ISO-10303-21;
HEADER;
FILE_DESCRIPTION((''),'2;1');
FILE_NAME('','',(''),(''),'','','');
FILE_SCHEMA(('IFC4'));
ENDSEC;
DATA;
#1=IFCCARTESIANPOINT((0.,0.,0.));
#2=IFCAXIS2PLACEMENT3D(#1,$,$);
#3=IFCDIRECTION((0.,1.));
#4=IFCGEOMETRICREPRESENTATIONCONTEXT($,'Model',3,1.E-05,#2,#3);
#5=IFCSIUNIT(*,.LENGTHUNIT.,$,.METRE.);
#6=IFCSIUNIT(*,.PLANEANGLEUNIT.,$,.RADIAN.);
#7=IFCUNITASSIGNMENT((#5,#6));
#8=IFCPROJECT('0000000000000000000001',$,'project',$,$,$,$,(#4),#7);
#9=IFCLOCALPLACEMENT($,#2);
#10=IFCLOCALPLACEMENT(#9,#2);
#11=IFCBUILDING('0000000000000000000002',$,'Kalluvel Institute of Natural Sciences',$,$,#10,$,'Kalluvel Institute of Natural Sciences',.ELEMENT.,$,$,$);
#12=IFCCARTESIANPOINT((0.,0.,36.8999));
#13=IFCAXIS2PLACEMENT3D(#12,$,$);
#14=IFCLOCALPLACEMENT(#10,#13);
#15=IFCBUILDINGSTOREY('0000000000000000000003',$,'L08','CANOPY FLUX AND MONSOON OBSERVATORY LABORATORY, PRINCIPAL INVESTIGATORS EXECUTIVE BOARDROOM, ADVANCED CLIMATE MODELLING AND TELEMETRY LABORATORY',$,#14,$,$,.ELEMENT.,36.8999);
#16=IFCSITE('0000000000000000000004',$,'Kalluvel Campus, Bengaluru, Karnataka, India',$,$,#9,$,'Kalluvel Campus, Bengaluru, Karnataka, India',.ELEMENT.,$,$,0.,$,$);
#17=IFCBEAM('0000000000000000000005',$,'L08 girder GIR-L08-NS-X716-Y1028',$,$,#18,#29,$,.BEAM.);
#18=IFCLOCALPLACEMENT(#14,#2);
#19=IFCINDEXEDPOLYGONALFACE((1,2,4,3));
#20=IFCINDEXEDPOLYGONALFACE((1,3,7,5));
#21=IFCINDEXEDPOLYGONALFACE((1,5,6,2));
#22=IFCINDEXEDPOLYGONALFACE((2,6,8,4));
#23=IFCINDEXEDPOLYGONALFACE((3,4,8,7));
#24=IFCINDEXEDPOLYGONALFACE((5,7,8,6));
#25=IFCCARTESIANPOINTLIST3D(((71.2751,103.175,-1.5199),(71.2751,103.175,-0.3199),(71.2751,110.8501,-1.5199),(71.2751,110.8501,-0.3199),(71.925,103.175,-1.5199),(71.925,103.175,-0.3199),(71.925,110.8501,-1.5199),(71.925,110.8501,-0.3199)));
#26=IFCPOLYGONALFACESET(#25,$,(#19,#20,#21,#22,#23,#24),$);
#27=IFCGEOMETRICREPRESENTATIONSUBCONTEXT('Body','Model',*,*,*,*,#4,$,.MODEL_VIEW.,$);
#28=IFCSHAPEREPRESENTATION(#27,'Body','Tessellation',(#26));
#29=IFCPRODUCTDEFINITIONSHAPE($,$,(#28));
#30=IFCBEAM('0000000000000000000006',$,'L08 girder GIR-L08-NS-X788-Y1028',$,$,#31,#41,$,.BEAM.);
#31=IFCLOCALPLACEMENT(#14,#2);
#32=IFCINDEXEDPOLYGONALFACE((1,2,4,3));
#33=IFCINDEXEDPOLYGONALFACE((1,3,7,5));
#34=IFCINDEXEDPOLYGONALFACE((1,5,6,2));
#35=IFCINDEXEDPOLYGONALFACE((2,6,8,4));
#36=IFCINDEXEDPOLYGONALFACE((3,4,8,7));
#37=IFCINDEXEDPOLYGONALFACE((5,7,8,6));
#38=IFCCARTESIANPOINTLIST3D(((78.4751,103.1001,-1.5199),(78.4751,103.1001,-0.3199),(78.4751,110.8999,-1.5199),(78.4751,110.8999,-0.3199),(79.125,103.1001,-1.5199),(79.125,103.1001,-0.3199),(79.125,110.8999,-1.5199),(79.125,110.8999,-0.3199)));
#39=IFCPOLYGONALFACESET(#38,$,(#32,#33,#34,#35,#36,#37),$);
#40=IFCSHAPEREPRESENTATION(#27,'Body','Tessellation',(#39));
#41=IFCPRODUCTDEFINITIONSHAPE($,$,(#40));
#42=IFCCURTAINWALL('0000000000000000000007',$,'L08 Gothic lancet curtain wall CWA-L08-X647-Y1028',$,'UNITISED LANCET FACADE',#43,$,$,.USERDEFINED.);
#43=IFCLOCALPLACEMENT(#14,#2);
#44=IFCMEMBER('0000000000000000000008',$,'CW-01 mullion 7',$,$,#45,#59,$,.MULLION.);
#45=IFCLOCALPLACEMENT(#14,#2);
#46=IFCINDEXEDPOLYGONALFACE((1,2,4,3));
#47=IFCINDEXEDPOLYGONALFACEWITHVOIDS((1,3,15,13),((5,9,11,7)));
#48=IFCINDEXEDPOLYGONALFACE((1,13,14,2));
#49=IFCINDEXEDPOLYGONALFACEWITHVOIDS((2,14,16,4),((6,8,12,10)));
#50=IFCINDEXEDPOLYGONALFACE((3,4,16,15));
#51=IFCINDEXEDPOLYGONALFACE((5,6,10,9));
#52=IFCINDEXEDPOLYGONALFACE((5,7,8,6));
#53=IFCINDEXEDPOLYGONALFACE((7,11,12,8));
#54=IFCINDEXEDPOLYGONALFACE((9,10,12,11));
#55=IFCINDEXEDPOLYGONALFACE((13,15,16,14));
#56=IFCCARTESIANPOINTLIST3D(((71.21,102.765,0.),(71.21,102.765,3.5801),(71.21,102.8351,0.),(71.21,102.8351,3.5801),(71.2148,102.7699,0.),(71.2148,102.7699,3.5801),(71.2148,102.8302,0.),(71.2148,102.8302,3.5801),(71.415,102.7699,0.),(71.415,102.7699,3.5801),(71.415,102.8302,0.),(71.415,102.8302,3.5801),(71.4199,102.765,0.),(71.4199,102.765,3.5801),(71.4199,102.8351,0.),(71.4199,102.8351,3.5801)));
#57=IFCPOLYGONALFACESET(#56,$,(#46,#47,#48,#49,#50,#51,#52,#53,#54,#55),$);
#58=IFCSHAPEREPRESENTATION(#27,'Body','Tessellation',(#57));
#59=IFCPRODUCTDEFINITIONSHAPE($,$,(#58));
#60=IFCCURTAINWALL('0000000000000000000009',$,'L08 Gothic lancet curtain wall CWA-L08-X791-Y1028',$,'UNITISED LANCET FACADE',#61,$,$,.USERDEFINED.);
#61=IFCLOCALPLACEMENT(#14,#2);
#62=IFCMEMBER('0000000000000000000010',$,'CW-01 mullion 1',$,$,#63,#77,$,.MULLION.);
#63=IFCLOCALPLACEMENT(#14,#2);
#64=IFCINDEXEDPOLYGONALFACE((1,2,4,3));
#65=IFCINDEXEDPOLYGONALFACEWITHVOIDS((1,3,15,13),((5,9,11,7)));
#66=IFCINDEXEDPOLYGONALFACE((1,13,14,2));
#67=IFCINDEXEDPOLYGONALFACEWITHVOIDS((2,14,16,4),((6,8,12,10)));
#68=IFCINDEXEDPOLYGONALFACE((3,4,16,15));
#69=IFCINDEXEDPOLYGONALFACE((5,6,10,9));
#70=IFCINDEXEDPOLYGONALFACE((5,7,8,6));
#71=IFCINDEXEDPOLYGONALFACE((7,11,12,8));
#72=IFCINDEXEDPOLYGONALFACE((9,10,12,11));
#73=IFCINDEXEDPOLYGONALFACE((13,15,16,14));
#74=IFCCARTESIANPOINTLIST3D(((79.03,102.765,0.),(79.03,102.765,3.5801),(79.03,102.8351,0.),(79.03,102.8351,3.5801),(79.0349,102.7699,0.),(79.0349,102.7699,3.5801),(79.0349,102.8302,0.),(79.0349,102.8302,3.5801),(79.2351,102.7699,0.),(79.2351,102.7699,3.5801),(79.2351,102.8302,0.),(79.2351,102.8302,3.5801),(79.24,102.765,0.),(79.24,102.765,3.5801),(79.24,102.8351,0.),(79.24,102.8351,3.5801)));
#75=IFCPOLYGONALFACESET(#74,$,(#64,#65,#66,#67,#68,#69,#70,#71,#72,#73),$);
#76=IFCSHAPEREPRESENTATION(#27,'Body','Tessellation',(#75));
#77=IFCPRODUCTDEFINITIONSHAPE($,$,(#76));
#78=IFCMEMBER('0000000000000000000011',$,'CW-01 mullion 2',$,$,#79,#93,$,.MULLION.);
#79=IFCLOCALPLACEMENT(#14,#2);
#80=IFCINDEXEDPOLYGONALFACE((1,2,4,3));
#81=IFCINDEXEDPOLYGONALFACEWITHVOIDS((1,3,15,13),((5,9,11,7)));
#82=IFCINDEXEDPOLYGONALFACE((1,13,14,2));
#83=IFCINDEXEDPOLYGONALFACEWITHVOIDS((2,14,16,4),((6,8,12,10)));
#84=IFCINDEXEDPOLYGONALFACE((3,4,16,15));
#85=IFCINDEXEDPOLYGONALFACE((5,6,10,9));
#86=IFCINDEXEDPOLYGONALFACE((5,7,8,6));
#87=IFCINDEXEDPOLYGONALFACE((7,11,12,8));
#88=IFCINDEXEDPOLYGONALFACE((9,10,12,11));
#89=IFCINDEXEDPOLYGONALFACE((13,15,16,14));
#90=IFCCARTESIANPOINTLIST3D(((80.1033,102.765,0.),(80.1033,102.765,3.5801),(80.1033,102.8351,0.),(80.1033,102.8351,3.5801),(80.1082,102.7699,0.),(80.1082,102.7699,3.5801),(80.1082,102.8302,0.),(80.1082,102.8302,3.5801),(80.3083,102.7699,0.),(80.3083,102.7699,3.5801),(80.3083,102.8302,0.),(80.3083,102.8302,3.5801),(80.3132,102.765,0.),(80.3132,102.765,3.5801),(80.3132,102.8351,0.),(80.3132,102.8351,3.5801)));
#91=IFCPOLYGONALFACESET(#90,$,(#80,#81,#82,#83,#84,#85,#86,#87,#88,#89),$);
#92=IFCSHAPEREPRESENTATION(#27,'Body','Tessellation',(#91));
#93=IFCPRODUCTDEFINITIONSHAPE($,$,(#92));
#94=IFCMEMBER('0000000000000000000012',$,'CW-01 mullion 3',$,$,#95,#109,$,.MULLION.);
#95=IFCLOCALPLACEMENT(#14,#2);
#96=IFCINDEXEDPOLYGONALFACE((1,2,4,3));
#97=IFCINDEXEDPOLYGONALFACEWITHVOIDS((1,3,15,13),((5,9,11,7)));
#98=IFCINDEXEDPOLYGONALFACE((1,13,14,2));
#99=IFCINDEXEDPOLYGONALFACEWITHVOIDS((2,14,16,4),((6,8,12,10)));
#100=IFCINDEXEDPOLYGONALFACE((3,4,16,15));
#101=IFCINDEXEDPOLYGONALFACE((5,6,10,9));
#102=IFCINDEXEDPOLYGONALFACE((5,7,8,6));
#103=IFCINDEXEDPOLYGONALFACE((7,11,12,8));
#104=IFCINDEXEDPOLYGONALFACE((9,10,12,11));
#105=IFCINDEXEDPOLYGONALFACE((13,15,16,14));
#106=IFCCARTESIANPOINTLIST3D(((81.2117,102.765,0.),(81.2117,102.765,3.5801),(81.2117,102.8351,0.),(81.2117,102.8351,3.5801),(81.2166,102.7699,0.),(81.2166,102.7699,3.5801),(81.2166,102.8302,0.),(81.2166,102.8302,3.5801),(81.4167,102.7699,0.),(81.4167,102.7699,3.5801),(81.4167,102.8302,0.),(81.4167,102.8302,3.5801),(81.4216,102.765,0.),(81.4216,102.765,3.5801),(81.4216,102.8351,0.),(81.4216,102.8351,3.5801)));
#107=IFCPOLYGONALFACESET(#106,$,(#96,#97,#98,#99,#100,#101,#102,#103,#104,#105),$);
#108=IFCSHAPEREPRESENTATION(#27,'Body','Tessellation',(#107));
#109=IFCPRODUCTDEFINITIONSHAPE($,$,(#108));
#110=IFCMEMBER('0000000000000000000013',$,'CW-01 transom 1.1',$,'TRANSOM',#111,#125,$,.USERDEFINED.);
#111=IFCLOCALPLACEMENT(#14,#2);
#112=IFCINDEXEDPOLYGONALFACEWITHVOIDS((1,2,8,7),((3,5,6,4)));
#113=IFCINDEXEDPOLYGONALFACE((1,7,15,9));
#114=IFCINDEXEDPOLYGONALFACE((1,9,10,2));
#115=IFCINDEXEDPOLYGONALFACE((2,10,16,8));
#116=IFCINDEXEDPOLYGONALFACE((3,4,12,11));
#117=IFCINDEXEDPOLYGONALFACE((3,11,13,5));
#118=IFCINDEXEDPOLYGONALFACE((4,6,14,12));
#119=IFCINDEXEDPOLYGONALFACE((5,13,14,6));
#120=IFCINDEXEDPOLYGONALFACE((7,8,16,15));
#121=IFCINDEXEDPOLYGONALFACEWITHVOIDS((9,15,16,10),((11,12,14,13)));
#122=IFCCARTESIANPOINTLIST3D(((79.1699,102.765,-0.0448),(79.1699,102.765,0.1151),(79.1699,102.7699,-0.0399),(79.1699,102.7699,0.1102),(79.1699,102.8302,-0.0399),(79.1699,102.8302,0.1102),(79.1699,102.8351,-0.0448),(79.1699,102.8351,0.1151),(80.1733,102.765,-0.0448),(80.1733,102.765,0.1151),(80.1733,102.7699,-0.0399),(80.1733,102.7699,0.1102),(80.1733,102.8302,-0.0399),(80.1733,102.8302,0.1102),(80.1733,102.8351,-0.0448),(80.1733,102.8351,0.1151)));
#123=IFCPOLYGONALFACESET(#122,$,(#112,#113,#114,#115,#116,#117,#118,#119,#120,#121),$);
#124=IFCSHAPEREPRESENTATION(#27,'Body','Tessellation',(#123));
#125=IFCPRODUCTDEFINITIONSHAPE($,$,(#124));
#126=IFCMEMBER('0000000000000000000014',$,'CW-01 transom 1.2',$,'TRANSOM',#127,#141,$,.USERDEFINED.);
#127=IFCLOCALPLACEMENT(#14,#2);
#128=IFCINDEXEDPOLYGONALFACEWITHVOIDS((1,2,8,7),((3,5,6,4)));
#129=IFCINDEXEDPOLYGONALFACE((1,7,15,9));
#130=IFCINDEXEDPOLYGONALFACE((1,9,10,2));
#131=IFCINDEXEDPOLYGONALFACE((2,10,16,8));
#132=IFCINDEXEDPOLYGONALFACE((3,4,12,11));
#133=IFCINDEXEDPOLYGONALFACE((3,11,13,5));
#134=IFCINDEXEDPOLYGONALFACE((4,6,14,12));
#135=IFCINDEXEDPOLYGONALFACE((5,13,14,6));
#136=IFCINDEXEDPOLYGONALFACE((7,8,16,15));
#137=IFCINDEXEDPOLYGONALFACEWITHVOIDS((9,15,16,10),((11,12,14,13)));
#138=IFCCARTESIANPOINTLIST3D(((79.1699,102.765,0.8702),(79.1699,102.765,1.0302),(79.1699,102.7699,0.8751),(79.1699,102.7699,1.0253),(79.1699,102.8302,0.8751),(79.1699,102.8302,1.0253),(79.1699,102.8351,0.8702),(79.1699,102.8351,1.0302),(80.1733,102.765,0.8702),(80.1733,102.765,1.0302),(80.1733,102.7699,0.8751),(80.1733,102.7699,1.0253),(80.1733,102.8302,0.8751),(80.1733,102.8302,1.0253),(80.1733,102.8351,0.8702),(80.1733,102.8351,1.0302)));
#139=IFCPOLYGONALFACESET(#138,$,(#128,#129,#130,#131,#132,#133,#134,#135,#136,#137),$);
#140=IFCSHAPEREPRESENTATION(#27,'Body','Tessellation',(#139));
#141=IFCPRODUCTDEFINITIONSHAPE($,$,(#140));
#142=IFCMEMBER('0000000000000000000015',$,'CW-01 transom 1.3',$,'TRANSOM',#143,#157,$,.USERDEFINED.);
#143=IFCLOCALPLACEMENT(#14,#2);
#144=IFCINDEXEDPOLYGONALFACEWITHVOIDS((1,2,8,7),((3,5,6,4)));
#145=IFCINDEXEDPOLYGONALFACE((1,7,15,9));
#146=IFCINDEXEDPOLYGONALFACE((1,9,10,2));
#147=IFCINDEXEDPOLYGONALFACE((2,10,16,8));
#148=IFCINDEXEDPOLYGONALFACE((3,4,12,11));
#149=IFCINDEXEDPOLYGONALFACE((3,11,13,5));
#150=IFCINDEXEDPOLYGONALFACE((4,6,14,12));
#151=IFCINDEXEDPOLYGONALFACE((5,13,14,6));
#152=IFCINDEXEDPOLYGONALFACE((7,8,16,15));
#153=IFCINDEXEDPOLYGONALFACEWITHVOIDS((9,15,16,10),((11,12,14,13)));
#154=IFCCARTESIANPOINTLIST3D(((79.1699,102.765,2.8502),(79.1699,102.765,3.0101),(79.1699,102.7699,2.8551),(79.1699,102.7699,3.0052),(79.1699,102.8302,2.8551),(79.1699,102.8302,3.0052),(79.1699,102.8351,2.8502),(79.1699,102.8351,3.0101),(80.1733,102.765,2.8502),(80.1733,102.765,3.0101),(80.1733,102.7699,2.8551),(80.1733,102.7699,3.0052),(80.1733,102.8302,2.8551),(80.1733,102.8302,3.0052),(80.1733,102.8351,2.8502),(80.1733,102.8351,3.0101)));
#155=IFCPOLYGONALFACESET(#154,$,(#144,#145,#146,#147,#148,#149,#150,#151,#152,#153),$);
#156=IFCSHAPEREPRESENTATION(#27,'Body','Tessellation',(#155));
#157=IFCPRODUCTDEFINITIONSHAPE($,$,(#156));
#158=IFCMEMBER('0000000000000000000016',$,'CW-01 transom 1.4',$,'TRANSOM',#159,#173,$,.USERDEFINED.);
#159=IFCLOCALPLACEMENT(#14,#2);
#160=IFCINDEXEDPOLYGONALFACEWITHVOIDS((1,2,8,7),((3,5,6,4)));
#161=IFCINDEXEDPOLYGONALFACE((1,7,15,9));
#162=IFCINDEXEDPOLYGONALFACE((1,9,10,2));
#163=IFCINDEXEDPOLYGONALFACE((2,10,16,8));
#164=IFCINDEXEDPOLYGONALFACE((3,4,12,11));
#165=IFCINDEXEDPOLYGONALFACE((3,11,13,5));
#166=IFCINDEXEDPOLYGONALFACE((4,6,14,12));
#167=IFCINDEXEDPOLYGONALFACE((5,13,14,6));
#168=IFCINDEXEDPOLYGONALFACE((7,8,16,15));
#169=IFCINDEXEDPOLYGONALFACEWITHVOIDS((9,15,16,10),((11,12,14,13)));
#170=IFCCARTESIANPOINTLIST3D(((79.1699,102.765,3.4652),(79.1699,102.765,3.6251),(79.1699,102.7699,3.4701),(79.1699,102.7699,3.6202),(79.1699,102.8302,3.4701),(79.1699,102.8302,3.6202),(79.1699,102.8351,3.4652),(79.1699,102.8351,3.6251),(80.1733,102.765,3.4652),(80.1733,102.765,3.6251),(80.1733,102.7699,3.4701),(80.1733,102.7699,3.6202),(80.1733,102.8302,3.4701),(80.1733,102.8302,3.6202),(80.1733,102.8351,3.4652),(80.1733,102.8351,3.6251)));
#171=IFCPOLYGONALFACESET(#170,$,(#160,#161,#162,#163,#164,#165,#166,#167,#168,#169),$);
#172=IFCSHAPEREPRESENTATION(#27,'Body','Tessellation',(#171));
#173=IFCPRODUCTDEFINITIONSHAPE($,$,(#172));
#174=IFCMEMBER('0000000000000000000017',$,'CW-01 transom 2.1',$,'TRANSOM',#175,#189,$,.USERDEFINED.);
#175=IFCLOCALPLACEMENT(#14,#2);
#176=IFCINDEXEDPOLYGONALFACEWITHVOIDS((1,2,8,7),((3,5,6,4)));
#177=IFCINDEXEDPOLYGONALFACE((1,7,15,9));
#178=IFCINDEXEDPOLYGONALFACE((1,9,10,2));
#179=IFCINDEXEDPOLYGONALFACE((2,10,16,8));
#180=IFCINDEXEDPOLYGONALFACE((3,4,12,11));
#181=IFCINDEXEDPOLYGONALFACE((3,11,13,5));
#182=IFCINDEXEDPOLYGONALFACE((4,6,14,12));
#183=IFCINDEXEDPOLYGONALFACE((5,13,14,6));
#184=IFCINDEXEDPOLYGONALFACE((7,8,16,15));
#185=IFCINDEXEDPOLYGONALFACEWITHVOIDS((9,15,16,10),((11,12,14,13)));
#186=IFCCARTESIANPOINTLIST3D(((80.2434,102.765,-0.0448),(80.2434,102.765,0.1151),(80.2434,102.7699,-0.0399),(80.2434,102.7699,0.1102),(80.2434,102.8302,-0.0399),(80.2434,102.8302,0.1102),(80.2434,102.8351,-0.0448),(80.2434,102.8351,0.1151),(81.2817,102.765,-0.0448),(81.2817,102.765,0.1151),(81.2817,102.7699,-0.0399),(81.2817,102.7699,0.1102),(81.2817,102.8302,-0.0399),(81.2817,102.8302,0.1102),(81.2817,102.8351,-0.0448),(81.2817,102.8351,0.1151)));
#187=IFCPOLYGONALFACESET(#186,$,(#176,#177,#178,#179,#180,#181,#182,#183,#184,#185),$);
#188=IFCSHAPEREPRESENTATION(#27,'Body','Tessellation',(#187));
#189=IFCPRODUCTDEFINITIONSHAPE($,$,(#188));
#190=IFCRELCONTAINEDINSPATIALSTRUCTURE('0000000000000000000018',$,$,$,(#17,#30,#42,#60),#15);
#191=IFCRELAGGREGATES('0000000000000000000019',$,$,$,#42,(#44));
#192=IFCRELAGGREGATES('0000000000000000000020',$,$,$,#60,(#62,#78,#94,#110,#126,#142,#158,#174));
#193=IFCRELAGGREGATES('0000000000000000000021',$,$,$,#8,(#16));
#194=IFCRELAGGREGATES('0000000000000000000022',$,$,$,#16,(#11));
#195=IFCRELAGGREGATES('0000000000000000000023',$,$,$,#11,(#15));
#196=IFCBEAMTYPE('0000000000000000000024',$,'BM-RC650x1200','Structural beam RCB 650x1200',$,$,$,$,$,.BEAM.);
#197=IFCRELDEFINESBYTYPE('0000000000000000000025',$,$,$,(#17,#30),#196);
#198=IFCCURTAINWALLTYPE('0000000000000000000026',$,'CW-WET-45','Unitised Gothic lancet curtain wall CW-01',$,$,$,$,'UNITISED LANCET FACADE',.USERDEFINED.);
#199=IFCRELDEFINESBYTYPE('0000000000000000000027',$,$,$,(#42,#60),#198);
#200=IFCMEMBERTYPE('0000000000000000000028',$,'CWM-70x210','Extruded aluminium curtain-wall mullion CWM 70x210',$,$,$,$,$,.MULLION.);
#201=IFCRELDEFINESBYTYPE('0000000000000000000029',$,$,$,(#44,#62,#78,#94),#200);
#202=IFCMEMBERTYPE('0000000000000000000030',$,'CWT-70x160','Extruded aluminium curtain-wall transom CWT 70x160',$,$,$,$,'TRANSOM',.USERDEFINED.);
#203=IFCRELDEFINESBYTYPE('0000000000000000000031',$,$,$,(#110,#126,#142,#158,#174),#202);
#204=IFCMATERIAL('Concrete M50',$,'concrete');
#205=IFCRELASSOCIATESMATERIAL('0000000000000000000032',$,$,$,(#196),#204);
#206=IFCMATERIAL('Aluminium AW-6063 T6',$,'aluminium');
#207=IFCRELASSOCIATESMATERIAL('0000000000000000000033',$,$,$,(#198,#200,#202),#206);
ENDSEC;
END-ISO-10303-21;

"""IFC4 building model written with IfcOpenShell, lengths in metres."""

from ifc_helpers import new_model, si_unit, direction, frame, origin, origin_2d, place, context, subcontext, project, spatial, rectangle, hollow_rectangle, extrude, material, material_profile, profile_set, type_object, element, aggregate, save


model = new_model("IFC4")

# Units and contexts
model_context = context("Model", 3, precision=1e-05, world=origin(), true_north=direction((0.0, 1.0)))
body_context = subcontext(model_context, "Body", "Model", "MODEL_VIEW")
ifc_project = project(units=[si_unit("LENGTHUNIT", "METRE"), si_unit("PLANEANGLEUNIT", "RADIAN")], contexts=[model_context])

# Site, building, storey
site_placement = place(None, origin())
site = spatial("IfcSite", under=ifc_project, at=site_placement, Name="Kalluvel Campus, Bengaluru, Karnataka, India", LongName="Kalluvel Campus, Bengaluru, Karnataka, India", CompositionType="ELEMENT", RefElevation=0.0)
building_placement = place(site_placement, origin())
building = spatial("IfcBuilding", under=site, at=building_placement, Name="Kalluvel Institute of Natural Sciences", LongName="Kalluvel Institute of Natural Sciences", CompositionType="ELEMENT")
storey_placement = place(building_placement, frame((0.0, 0.0, 36.8999)))
storey = spatial("IfcBuildingStorey", under=building, at=storey_placement, Name="L08", Description="CANOPY FLUX AND MONSOON OBSERVATORY LABORATORY, PRINCIPAL INVESTIGATORS EXECUTIVE BOARDROOM, ADVANCED CLIMATE MODELLING AND TELEMETRY LABORATORY", CompositionType="ELEMENT", Elevation=36.8999)

# Beams
ifc_material_1 = material(Name="Concrete M50", Category="concrete")
ifc_material_profile_1 = material_profile(ifc_material_1, rectangle(XDim=0.6499, YDim=1.2, at=origin_2d()), Name="RCB 650x1200")
ifc_profile_set_1 = profile_set([ifc_material_profile_1], Name="Concrete M50")
beam_type_1 = type_object("IfcBeamType", Name="BM-RC650x1200", Description="Structural beam RCB 650x1200", PredefinedType="BEAM", material=ifc_profile_set_1)
beam_1_placement = place(storey_placement, frame((71.6001, 103.175, -0.9199), z_axis=(0.0, 1.0, 0.0), x_axis=(-1.0, 0.0, 0.0)))
element("IfcBeam", 1, at=beam_1_placement, inside=storey, type_object=beam_type_1, Name="L08 girder GIR-L08-NS-X716-Y1028", PredefinedType="BEAM", context=body_context, shape_type="SweptSolid", body=[
    extrude(rectangle(XDim=0.6499, YDim=1.2, at=origin_2d()), origin(), (0.0, 0.0, 1.0), 7.675),
])
beam_2_placement = place(storey_placement, frame((78.8, 103.1001, -0.9199), z_axis=(0.0, 1.0, 0.0), x_axis=(-1.0, 0.0, 0.0)))
element("IfcBeam", 2, at=beam_2_placement, inside=storey, type_object=beam_type_1, Name="L08 girder GIR-L08-NS-X788-Y1028", PredefinedType="BEAM", context=body_context, shape_type="SweptSolid", body=[
    extrude(rectangle(XDim=0.6499, YDim=1.2, at=origin_2d()), origin(), (0.0, 0.0, 1.0), 7.7998),
])

# Curtain wall, member
ifc_material_2 = material(Name="Aluminium AW-6063 T6", Category="aluminium")
curtain_wall_type = type_object("IfcCurtainWallType", Name="CW-WET-45", Description="Unitised Gothic lancet curtain wall CW-01", ElementType="UNITISED LANCET FACADE", PredefinedType="USERDEFINED", material=ifc_material_2)
curtain_wall_1_placement = place(storey_placement, origin())
curtain_wall_1 = element("IfcCurtainWall", 3, at=curtain_wall_1_placement, inside=storey, type_object=curtain_wall_type, Name="L08 Gothic lancet curtain wall CWA-L08-X647-Y1028", ObjectType="UNITISED LANCET FACADE", PredefinedType="USERDEFINED")
ifc_material_profile_2 = material_profile(ifc_material_2, hollow_rectangle(XDim=0.0701, YDim=0.21, WallThickness=0.0049, at=origin_2d()), Name="CWM 70x210")
ifc_profile_set_2 = profile_set([ifc_material_profile_2], Name="Aluminium AW-6063 T6")
member_type_1 = type_object("IfcMemberType", Name="CWM-70x210", Description="Extruded aluminium curtain-wall mullion CWM 70x210", PredefinedType="MULLION", material=ifc_profile_set_2)
member_1_placement = place(storey_placement, frame((71.3149, 102.8, 0.0), z_axis=(0.0, 0.0, 1.0), x_axis=(0.0, 1.0, 0.0)))
member_1 = element("IfcMember", 4, at=member_1_placement, type_object=member_type_1, Name="CW-01 mullion 7", PredefinedType="MULLION", context=body_context, shape_type="SweptSolid", body=[
    extrude(hollow_rectangle(XDim=0.0701, YDim=0.21, WallThickness=0.0049, at=origin_2d()), origin(), (0.0, 0.0, 1.0), 3.5801),
])
aggregate(curtain_wall_1, [member_1])

# Curtain wall, members
curtain_wall_2_placement = place(storey_placement, origin())
curtain_wall_2 = element("IfcCurtainWall", 5, at=curtain_wall_2_placement, inside=storey, type_object=curtain_wall_type, Name="L08 Gothic lancet curtain wall CWA-L08-X791-Y1028", ObjectType="UNITISED LANCET FACADE", PredefinedType="USERDEFINED")
member_2_placement = place(storey_placement, frame((79.135, 102.8, 0.0), z_axis=(0.0, 0.0, 1.0), x_axis=(0.0, 1.0, 0.0)))
member_2 = element("IfcMember", 6, at=member_2_placement, type_object=member_type_1, Name="CW-01 mullion 1", PredefinedType="MULLION", context=body_context, shape_type="SweptSolid", body=[
    extrude(hollow_rectangle(XDim=0.0701, YDim=0.21, WallThickness=0.0049, at=origin_2d()), origin(), (0.0, 0.0, 1.0), 3.5801),
])
member_3_placement = place(storey_placement, frame((80.2083, 102.8, 0.0), z_axis=(0.0, 0.0, 1.0), x_axis=(0.0, 1.0, 0.0)))
member_3 = element("IfcMember", 7, at=member_3_placement, type_object=member_type_1, Name="CW-01 mullion 2", PredefinedType="MULLION", context=body_context, shape_type="SweptSolid", body=[
    extrude(hollow_rectangle(XDim=0.0701, YDim=0.21, WallThickness=0.0049, at=origin_2d()), origin(), (0.0, 0.0, 1.0), 3.5801),
])
member_4_placement = place(storey_placement, frame((81.3167, 102.8, 0.0), z_axis=(0.0, 0.0, 1.0), x_axis=(0.0, 1.0, 0.0)))
member_4 = element("IfcMember", 8, at=member_4_placement, type_object=member_type_1, Name="CW-01 mullion 3", PredefinedType="MULLION", context=body_context, shape_type="SweptSolid", body=[
    extrude(hollow_rectangle(XDim=0.0701, YDim=0.21, WallThickness=0.0049, at=origin_2d()), origin(), (0.0, 0.0, 1.0), 3.5801),
])
ifc_material_profile_3 = material_profile(ifc_material_2, hollow_rectangle(XDim=0.0701, YDim=0.1599, WallThickness=0.0049, at=origin_2d()), Name="CWT 70x160")
ifc_profile_set_3 = profile_set([ifc_material_profile_3], Name="Aluminium AW-6063 T6")
member_type_2 = type_object("IfcMemberType", Name="CWT-70x160", Description="Extruded aluminium curtain-wall transom CWT 70x160", ElementType="TRANSOM", PredefinedType="USERDEFINED", material=ifc_profile_set_3)
member_5_placement = place(storey_placement, frame((79.1699, 102.8, 0.0352), z_axis=(1.0, 0.0, 0.0), x_axis=(0.0, 1.0, 0.0)))
member_5 = element("IfcMember", 9, at=member_5_placement, type_object=member_type_2, Name="CW-01 transom 1.1", ObjectType="TRANSOM", PredefinedType="USERDEFINED", context=body_context, shape_type="SweptSolid", body=[
    extrude(hollow_rectangle(XDim=0.0701, YDim=0.1599, WallThickness=0.0049, at=origin_2d()), origin(), (0.0, 0.0, 1.0), 1.0034),
])
member_6_placement = place(storey_placement, frame((79.1699, 102.8, 0.9502), z_axis=(1.0, 0.0, 0.0), x_axis=(0.0, 1.0, 0.0)))
member_6 = element("IfcMember", 10, at=member_6_placement, type_object=member_type_2, Name="CW-01 transom 1.2", ObjectType="TRANSOM", PredefinedType="USERDEFINED", context=body_context, shape_type="SweptSolid", body=[
    extrude(hollow_rectangle(XDim=0.0701, YDim=0.1599, WallThickness=0.0049, at=origin_2d()), origin(), (0.0, 0.0, 1.0), 1.0034),
])
member_7_placement = place(storey_placement, frame((79.1699, 102.8, 2.9302), z_axis=(1.0, 0.0, 0.0), x_axis=(0.0, 1.0, 0.0)))
member_7 = element("IfcMember", 11, at=member_7_placement, type_object=member_type_2, Name="CW-01 transom 1.3", ObjectType="TRANSOM", PredefinedType="USERDEFINED", context=body_context, shape_type="SweptSolid", body=[
    extrude(hollow_rectangle(XDim=0.0701, YDim=0.1599, WallThickness=0.0049, at=origin_2d()), origin(), (0.0, 0.0, 1.0), 1.0034),
])
member_8_placement = place(storey_placement, frame((79.1699, 102.8, 3.5452), z_axis=(1.0, 0.0, 0.0), x_axis=(0.0, 1.0, 0.0)))
member_8 = element("IfcMember", 12, at=member_8_placement, type_object=member_type_2, Name="CW-01 transom 1.4", ObjectType="TRANSOM", PredefinedType="USERDEFINED", context=body_context, shape_type="SweptSolid", body=[
    extrude(hollow_rectangle(XDim=0.0701, YDim=0.1599, WallThickness=0.0049, at=origin_2d()), origin(), (0.0, 0.0, 1.0), 1.0034),
])
member_9_placement = place(storey_placement, frame((80.2434, 102.8, 0.0352), z_axis=(1.0, 0.0, 0.0), x_axis=(0.0, 1.0, 0.0)))
member_9 = element("IfcMember", 13, at=member_9_placement, type_object=member_type_2, Name="CW-01 transom 2.1", ObjectType="TRANSOM", PredefinedType="USERDEFINED", context=body_context, shape_type="SweptSolid", body=[
    extrude(hollow_rectangle(XDim=0.0701, YDim=0.1599, WallThickness=0.0049, at=origin_2d()), origin(), (0.0, 0.0, 1.0), 1.0383),
])

aggregate(curtain_wall_2, [member_2, member_3, member_4, member_5, member_6, member_7, member_8, member_9])

save(model, "model.ifc")
